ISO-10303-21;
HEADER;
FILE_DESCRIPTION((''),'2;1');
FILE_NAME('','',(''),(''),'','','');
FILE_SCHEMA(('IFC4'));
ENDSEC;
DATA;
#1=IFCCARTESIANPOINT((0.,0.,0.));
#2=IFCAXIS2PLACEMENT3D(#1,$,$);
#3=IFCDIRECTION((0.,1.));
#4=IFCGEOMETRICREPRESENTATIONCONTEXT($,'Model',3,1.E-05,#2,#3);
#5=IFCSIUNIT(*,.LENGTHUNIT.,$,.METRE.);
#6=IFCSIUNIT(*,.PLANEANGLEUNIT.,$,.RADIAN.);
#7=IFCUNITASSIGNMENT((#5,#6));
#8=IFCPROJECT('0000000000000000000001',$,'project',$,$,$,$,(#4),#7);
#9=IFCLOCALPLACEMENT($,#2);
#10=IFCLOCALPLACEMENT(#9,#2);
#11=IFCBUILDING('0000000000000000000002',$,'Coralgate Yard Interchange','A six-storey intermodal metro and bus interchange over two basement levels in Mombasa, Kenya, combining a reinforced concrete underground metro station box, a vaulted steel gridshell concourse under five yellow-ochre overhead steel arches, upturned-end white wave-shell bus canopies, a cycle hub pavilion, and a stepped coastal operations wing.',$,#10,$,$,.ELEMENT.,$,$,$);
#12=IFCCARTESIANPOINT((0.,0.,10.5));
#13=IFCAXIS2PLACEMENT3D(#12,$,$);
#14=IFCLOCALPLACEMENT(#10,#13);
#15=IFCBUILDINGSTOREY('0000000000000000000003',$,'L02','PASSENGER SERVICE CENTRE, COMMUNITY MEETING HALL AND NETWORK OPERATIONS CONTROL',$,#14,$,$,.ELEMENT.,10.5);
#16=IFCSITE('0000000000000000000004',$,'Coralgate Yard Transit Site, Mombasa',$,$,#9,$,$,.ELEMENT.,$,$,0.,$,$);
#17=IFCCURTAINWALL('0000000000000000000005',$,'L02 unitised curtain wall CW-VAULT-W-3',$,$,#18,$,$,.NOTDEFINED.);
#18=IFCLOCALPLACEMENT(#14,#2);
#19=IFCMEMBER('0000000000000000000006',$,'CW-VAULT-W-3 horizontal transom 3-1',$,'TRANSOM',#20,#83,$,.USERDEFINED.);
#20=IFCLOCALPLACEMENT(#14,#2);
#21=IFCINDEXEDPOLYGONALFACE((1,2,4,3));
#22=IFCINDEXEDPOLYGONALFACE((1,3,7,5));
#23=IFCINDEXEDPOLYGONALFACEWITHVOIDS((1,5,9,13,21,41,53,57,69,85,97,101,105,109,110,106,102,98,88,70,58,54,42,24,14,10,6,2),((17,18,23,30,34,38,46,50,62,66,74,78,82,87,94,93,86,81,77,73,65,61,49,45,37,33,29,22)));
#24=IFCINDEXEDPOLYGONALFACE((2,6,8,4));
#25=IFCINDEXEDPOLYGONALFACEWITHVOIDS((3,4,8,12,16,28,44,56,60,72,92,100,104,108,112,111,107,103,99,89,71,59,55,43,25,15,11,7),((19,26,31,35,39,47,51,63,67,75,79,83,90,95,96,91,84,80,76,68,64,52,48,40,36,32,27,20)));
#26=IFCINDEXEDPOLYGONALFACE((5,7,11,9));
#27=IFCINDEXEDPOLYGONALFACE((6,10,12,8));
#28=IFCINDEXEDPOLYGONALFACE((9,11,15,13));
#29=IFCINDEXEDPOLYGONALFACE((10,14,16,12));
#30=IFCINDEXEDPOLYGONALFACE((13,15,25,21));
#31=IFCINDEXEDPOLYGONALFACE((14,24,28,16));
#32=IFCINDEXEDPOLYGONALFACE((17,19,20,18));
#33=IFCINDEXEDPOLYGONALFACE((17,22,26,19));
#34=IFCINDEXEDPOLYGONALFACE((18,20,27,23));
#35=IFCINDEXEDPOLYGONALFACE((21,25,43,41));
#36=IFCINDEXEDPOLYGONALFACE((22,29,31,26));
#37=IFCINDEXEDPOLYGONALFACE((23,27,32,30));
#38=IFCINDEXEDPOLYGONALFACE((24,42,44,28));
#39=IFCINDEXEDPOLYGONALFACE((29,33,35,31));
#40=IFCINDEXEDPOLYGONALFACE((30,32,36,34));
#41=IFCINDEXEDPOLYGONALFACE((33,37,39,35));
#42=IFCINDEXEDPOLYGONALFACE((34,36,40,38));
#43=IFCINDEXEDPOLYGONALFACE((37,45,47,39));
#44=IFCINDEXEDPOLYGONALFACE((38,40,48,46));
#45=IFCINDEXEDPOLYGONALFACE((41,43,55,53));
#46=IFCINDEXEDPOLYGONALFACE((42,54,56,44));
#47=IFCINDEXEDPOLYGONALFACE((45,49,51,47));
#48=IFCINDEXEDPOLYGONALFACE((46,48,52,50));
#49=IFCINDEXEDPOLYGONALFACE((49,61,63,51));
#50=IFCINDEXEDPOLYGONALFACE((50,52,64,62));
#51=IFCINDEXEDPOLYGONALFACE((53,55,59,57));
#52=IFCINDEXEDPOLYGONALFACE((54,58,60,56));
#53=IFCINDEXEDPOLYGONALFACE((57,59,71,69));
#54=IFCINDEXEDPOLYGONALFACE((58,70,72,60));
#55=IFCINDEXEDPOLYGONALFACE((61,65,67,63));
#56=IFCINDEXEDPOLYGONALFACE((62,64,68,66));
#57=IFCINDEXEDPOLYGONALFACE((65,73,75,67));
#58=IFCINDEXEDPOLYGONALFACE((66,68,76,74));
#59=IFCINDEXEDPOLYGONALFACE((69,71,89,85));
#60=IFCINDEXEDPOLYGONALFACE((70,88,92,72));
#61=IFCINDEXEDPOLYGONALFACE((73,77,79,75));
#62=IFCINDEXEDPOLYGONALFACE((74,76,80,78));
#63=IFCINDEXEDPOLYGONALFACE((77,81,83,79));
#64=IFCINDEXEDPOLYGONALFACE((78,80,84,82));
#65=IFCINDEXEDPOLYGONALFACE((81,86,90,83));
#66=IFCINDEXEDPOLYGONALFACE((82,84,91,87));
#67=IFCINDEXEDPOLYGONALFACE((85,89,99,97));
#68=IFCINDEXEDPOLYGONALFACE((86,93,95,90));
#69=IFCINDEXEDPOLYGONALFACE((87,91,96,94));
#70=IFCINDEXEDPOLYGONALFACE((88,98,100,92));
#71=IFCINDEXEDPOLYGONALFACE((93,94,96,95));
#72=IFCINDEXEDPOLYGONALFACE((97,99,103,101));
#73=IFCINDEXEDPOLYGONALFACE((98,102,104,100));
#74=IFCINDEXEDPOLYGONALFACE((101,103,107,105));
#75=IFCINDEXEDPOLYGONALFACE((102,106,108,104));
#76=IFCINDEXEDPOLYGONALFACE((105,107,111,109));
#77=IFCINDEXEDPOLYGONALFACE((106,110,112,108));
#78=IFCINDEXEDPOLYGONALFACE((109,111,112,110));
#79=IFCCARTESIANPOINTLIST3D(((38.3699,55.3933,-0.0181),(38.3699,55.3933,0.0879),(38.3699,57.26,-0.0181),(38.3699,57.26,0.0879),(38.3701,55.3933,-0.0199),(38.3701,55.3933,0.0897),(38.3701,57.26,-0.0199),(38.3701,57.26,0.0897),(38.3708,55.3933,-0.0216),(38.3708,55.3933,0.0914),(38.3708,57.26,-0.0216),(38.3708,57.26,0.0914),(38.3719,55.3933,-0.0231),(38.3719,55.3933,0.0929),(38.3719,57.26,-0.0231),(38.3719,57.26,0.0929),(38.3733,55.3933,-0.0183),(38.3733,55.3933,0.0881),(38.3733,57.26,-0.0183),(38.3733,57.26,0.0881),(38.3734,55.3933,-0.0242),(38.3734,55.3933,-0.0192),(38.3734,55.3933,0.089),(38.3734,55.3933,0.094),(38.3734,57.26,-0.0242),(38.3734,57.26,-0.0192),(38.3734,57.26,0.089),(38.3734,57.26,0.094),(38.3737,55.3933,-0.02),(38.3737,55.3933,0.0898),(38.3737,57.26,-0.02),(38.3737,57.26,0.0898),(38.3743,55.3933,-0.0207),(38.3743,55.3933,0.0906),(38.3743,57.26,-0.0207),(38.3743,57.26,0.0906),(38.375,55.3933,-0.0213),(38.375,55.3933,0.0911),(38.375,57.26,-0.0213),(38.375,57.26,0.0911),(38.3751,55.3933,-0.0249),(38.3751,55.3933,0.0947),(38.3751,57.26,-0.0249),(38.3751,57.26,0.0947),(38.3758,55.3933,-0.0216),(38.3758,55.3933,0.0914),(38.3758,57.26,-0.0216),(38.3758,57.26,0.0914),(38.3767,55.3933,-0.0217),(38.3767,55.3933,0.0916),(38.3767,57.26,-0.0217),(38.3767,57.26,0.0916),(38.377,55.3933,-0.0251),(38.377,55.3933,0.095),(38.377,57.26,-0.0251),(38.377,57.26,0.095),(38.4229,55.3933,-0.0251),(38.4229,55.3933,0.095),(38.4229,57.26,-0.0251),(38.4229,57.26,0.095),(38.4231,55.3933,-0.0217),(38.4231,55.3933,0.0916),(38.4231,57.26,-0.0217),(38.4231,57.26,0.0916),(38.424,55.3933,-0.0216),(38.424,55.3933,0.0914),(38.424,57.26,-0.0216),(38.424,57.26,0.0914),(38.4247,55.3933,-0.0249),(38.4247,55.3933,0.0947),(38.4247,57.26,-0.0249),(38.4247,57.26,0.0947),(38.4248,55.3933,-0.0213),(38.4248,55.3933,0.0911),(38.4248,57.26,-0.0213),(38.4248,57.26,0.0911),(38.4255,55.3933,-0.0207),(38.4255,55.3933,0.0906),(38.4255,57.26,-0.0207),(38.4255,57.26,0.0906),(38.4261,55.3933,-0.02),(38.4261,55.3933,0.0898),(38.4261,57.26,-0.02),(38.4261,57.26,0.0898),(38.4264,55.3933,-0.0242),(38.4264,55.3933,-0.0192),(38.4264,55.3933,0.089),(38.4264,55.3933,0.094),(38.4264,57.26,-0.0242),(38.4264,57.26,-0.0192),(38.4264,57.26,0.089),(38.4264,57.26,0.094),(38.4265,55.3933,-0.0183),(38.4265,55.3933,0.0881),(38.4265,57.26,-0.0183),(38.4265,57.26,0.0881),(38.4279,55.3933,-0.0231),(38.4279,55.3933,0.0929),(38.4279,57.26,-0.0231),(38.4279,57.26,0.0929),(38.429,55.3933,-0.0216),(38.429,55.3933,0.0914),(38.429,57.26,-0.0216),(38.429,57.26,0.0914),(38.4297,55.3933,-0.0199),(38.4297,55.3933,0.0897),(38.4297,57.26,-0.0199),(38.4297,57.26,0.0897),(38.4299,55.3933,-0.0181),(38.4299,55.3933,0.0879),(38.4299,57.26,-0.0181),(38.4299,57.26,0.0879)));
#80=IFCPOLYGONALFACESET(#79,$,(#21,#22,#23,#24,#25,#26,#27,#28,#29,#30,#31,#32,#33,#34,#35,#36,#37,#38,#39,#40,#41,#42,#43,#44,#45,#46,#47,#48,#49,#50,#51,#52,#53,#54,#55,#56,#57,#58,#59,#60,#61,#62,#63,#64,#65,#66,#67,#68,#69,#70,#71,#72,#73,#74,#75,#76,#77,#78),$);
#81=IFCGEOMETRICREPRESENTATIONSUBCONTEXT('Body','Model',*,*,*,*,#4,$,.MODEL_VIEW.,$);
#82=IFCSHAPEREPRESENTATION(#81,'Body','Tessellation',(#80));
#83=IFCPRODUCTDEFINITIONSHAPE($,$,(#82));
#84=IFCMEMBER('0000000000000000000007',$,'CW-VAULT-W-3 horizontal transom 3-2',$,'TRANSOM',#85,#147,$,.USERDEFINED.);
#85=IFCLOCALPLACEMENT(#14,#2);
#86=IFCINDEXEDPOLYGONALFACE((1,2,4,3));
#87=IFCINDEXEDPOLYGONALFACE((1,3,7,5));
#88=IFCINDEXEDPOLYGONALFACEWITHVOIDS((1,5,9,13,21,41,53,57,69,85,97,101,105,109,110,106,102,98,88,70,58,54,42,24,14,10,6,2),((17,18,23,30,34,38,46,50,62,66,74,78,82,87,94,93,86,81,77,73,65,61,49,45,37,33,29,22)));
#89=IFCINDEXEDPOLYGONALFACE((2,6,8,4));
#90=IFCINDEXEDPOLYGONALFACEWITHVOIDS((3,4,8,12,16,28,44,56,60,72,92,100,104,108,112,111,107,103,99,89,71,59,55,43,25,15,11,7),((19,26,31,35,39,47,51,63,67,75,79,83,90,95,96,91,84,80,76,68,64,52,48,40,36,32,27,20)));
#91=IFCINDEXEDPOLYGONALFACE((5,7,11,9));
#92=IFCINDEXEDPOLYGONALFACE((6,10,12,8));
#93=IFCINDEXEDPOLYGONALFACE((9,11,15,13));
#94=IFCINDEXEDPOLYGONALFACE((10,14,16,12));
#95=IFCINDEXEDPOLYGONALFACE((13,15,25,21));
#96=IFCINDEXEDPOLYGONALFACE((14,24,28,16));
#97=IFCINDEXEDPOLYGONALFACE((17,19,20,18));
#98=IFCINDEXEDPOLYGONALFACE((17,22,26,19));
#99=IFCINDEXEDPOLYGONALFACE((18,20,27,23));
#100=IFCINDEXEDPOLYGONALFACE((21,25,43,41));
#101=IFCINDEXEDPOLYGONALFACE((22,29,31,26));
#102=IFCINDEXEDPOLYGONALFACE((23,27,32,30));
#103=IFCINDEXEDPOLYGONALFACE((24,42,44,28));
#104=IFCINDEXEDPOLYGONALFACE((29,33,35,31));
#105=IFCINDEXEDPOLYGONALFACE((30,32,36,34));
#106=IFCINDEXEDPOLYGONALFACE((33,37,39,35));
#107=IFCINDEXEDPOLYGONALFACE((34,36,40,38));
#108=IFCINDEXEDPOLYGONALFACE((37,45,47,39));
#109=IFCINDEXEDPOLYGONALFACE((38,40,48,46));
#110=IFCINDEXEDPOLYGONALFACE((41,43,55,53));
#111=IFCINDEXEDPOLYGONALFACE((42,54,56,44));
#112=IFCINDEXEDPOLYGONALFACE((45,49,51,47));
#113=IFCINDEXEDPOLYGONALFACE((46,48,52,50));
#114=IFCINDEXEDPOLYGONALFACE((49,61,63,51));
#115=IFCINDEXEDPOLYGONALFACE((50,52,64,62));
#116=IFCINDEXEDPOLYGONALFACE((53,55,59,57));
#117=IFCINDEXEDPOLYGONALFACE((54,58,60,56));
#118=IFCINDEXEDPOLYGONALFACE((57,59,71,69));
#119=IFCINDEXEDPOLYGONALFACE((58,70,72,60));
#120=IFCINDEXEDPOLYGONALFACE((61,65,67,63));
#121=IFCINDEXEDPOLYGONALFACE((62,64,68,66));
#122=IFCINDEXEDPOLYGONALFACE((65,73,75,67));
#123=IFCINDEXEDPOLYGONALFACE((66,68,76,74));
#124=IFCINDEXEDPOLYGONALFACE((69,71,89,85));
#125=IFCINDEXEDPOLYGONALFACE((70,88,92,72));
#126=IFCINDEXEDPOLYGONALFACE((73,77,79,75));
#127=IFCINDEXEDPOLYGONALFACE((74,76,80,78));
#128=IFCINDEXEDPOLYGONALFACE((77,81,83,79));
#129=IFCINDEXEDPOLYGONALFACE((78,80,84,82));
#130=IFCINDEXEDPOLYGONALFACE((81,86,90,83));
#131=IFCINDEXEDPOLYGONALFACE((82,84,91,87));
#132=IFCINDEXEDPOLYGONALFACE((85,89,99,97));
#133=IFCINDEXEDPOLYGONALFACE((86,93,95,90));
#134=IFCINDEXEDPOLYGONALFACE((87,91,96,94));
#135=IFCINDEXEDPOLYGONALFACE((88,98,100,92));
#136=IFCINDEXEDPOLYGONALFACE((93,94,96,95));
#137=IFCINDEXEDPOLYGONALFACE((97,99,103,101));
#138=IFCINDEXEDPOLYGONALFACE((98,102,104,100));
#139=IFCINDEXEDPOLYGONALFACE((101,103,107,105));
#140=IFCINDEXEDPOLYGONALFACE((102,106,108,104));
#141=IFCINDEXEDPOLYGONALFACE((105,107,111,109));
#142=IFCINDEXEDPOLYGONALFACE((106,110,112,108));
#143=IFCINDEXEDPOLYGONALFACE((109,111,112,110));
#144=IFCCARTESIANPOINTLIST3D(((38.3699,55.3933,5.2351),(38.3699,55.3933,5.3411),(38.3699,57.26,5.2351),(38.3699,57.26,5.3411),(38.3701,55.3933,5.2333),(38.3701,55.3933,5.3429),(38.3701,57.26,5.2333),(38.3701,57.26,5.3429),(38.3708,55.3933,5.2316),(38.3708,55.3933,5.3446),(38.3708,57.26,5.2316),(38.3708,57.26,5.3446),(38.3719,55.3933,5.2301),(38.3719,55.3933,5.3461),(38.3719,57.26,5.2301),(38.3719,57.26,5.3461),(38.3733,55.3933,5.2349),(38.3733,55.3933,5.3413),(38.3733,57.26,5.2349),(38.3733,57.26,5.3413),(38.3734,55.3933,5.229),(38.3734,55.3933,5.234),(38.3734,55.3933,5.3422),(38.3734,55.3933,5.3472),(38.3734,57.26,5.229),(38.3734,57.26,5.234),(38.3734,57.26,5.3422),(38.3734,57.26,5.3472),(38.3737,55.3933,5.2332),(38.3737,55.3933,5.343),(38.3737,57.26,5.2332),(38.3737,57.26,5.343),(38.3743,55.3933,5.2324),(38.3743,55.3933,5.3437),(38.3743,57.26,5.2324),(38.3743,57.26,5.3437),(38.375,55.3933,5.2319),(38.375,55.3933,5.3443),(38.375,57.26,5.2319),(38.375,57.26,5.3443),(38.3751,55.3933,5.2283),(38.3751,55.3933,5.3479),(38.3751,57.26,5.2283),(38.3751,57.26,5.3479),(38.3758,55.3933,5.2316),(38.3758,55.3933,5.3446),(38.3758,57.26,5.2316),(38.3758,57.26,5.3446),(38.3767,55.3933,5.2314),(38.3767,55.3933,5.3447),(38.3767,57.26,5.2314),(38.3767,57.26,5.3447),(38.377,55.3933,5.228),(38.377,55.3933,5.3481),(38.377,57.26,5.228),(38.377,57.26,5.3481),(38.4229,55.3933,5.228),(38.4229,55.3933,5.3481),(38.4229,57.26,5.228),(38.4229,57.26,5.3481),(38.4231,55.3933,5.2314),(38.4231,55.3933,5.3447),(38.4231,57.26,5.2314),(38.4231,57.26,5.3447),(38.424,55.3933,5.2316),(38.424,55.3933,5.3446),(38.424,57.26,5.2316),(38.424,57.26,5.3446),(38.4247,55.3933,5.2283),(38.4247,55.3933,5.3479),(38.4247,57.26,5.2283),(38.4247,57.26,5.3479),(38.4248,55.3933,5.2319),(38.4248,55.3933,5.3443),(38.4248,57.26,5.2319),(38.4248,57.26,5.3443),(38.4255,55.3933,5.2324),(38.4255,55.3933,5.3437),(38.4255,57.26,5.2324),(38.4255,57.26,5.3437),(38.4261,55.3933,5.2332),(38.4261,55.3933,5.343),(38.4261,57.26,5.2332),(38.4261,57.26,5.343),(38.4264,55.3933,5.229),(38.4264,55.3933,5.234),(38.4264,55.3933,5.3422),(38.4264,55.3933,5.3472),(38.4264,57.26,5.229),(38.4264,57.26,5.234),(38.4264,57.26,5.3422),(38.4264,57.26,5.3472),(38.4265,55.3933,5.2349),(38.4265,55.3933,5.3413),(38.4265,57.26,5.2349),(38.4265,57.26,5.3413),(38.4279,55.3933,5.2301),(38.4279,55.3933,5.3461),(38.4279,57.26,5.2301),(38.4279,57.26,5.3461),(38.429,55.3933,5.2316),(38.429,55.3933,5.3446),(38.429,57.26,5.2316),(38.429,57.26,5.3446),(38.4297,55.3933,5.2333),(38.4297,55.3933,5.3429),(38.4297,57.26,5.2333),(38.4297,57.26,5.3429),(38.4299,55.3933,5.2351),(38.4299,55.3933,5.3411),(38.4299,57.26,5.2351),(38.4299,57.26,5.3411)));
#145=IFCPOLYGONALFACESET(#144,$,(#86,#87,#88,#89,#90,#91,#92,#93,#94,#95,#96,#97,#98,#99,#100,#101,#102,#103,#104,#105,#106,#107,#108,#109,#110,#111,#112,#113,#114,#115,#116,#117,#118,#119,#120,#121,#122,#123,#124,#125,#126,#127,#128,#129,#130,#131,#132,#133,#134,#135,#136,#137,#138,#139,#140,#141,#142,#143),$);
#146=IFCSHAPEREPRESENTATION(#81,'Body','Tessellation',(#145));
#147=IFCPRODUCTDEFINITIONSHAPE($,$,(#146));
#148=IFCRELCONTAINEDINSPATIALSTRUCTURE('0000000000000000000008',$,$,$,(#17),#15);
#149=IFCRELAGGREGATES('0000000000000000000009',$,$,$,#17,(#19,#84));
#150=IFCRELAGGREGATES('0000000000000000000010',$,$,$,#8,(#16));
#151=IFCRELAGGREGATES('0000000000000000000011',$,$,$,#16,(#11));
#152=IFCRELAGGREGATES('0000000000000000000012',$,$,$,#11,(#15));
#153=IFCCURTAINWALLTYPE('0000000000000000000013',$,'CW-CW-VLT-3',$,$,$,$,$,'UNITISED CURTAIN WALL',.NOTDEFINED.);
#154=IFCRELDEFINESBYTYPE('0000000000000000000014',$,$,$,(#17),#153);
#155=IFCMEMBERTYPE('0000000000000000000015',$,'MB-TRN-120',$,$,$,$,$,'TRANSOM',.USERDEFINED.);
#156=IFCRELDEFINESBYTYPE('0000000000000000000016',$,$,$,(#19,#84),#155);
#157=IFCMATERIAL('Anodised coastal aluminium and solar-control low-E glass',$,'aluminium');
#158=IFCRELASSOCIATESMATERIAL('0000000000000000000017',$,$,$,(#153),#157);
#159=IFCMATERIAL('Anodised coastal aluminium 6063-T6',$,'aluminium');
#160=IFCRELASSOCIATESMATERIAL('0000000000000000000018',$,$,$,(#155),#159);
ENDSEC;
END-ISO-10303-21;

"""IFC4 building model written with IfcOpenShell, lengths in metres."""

from ifc_helpers import new_model, si_unit, direction, frame, origin, origin_2d, place, context, subcontext, project, spatial, hollow_rectangle, extrude, material, material_profile, profile_set, type_object, element, aggregate, save


model = new_model("IFC4")

# Units and contexts
model_context = context("Model", 3, precision=1e-05, world=origin(), true_north=direction((0.0, 1.0)))
body_context = subcontext(model_context, "Body", "Model", "MODEL_VIEW")
ifc_project = project(units=[si_unit("LENGTHUNIT", "METRE"), si_unit("PLANEANGLEUNIT", "RADIAN")], contexts=[model_context])

# Site, building, storey
site_placement = place(None, origin())
site = spatial("IfcSite", under=ifc_project, at=site_placement, Name="Coralgate Yard Transit Site, Mombasa", CompositionType="ELEMENT", RefElevation=0.0)
building_placement = place(site_placement, origin())
building = spatial("IfcBuilding", under=site, at=building_placement, Name="Coralgate Yard Interchange", Description="A six-storey intermodal metro and bus interchange over two basement levels in Mombasa, Kenya, combining a reinforced concrete underground metro station box, a vaulted steel gridshell concourse under five yellow-ochre overhead steel arches, upturned-end white wave-shell bus canopies, a cycle hub pavilion, and a stepped coastal operations wing.", CompositionType="ELEMENT")
storey_placement = place(building_placement, frame((0.0, 0.0, 10.5)))
storey = spatial("IfcBuildingStorey", under=building, at=storey_placement, Name="L02", Description="PASSENGER SERVICE CENTRE, COMMUNITY MEETING HALL AND NETWORK OPERATIONS CONTROL", CompositionType="ELEMENT", Elevation=10.5)

# Curtain wall
ifc_material_1 = material(Name="Anodised coastal aluminium and solar-control low-E glass", Category="aluminium")
curtain_wall_type = type_object("IfcCurtainWallType", Name="CW-CW-VLT-3", ElementType="UNITISED CURTAIN WALL", PredefinedType="NOTDEFINED", material=ifc_material_1)
curtain_wall_1_placement = place(storey_placement, origin())
curtain_wall_1 = element("IfcCurtainWall", 1, at=curtain_wall_1_placement, inside=storey, type_object=curtain_wall_type, Name="L02 unitised curtain wall CW-VAULT-W-3", PredefinedType="NOTDEFINED")
ifc_material_2 = material(Name="Anodised coastal aluminium 6063-T6", Category="aluminium")

# Members
ifc_material_profile_1 = material_profile(ifc_material_2, hollow_rectangle(XDim=0.0601, YDim=0.1201, WallThickness=0.0034, InnerFilletRadius=0.0034, OuterFilletRadius=0.0071, at=origin_2d()), Name="ALU 60x120x3.5")
ifc_profile_set_1 = profile_set([ifc_material_profile_1], Name="Anodised coastal aluminium 6063-T6")
member_type_1 = type_object("IfcMemberType", Name="MB-TRN-120", ElementType="TRANSOM", PredefinedType="USERDEFINED", material=ifc_profile_set_1)
member_1_placement = place(storey_placement, frame((38.3999, 55.3933, 0.0349), z_axis=(0.0, 1.0, 0.0), x_axis=(-1.0, 0.0, 0.0)))
member_1 = element("IfcMember", 2, at=member_1_placement, type_object=member_type_1, Name="CW-VAULT-W-3 horizontal transom 3-1", ObjectType="TRANSOM", PredefinedType="USERDEFINED", context=body_context, shape_type="SweptSolid", body=[
    extrude(hollow_rectangle(XDim=0.0601, YDim=0.1201, WallThickness=0.0034, InnerFilletRadius=0.0034, OuterFilletRadius=0.0071, at=origin_2d()), origin(), (0.0, 0.0, 1.0), 1.8667),
])
member_2_placement = place(storey_placement, frame((38.3999, 55.3933, 5.2881), z_axis=(0.0, 1.0, 0.0), x_axis=(-1.0, 0.0, 0.0)))
member_2 = element("IfcMember", 3, at=member_2_placement, type_object=member_type_1, Name="CW-VAULT-W-3 horizontal transom 3-2", ObjectType="TRANSOM", PredefinedType="USERDEFINED", context=body_context, shape_type="SweptSolid", body=[
    extrude(hollow_rectangle(XDim=0.0601, YDim=0.1201, WallThickness=0.0034, InnerFilletRadius=0.0034, OuterFilletRadius=0.0071, at=origin_2d()), origin(), (0.0, 0.0, 1.0), 1.8667),
])

aggregate(curtain_wall_1, [member_1, member_2])

save(model, "model.ifc")
